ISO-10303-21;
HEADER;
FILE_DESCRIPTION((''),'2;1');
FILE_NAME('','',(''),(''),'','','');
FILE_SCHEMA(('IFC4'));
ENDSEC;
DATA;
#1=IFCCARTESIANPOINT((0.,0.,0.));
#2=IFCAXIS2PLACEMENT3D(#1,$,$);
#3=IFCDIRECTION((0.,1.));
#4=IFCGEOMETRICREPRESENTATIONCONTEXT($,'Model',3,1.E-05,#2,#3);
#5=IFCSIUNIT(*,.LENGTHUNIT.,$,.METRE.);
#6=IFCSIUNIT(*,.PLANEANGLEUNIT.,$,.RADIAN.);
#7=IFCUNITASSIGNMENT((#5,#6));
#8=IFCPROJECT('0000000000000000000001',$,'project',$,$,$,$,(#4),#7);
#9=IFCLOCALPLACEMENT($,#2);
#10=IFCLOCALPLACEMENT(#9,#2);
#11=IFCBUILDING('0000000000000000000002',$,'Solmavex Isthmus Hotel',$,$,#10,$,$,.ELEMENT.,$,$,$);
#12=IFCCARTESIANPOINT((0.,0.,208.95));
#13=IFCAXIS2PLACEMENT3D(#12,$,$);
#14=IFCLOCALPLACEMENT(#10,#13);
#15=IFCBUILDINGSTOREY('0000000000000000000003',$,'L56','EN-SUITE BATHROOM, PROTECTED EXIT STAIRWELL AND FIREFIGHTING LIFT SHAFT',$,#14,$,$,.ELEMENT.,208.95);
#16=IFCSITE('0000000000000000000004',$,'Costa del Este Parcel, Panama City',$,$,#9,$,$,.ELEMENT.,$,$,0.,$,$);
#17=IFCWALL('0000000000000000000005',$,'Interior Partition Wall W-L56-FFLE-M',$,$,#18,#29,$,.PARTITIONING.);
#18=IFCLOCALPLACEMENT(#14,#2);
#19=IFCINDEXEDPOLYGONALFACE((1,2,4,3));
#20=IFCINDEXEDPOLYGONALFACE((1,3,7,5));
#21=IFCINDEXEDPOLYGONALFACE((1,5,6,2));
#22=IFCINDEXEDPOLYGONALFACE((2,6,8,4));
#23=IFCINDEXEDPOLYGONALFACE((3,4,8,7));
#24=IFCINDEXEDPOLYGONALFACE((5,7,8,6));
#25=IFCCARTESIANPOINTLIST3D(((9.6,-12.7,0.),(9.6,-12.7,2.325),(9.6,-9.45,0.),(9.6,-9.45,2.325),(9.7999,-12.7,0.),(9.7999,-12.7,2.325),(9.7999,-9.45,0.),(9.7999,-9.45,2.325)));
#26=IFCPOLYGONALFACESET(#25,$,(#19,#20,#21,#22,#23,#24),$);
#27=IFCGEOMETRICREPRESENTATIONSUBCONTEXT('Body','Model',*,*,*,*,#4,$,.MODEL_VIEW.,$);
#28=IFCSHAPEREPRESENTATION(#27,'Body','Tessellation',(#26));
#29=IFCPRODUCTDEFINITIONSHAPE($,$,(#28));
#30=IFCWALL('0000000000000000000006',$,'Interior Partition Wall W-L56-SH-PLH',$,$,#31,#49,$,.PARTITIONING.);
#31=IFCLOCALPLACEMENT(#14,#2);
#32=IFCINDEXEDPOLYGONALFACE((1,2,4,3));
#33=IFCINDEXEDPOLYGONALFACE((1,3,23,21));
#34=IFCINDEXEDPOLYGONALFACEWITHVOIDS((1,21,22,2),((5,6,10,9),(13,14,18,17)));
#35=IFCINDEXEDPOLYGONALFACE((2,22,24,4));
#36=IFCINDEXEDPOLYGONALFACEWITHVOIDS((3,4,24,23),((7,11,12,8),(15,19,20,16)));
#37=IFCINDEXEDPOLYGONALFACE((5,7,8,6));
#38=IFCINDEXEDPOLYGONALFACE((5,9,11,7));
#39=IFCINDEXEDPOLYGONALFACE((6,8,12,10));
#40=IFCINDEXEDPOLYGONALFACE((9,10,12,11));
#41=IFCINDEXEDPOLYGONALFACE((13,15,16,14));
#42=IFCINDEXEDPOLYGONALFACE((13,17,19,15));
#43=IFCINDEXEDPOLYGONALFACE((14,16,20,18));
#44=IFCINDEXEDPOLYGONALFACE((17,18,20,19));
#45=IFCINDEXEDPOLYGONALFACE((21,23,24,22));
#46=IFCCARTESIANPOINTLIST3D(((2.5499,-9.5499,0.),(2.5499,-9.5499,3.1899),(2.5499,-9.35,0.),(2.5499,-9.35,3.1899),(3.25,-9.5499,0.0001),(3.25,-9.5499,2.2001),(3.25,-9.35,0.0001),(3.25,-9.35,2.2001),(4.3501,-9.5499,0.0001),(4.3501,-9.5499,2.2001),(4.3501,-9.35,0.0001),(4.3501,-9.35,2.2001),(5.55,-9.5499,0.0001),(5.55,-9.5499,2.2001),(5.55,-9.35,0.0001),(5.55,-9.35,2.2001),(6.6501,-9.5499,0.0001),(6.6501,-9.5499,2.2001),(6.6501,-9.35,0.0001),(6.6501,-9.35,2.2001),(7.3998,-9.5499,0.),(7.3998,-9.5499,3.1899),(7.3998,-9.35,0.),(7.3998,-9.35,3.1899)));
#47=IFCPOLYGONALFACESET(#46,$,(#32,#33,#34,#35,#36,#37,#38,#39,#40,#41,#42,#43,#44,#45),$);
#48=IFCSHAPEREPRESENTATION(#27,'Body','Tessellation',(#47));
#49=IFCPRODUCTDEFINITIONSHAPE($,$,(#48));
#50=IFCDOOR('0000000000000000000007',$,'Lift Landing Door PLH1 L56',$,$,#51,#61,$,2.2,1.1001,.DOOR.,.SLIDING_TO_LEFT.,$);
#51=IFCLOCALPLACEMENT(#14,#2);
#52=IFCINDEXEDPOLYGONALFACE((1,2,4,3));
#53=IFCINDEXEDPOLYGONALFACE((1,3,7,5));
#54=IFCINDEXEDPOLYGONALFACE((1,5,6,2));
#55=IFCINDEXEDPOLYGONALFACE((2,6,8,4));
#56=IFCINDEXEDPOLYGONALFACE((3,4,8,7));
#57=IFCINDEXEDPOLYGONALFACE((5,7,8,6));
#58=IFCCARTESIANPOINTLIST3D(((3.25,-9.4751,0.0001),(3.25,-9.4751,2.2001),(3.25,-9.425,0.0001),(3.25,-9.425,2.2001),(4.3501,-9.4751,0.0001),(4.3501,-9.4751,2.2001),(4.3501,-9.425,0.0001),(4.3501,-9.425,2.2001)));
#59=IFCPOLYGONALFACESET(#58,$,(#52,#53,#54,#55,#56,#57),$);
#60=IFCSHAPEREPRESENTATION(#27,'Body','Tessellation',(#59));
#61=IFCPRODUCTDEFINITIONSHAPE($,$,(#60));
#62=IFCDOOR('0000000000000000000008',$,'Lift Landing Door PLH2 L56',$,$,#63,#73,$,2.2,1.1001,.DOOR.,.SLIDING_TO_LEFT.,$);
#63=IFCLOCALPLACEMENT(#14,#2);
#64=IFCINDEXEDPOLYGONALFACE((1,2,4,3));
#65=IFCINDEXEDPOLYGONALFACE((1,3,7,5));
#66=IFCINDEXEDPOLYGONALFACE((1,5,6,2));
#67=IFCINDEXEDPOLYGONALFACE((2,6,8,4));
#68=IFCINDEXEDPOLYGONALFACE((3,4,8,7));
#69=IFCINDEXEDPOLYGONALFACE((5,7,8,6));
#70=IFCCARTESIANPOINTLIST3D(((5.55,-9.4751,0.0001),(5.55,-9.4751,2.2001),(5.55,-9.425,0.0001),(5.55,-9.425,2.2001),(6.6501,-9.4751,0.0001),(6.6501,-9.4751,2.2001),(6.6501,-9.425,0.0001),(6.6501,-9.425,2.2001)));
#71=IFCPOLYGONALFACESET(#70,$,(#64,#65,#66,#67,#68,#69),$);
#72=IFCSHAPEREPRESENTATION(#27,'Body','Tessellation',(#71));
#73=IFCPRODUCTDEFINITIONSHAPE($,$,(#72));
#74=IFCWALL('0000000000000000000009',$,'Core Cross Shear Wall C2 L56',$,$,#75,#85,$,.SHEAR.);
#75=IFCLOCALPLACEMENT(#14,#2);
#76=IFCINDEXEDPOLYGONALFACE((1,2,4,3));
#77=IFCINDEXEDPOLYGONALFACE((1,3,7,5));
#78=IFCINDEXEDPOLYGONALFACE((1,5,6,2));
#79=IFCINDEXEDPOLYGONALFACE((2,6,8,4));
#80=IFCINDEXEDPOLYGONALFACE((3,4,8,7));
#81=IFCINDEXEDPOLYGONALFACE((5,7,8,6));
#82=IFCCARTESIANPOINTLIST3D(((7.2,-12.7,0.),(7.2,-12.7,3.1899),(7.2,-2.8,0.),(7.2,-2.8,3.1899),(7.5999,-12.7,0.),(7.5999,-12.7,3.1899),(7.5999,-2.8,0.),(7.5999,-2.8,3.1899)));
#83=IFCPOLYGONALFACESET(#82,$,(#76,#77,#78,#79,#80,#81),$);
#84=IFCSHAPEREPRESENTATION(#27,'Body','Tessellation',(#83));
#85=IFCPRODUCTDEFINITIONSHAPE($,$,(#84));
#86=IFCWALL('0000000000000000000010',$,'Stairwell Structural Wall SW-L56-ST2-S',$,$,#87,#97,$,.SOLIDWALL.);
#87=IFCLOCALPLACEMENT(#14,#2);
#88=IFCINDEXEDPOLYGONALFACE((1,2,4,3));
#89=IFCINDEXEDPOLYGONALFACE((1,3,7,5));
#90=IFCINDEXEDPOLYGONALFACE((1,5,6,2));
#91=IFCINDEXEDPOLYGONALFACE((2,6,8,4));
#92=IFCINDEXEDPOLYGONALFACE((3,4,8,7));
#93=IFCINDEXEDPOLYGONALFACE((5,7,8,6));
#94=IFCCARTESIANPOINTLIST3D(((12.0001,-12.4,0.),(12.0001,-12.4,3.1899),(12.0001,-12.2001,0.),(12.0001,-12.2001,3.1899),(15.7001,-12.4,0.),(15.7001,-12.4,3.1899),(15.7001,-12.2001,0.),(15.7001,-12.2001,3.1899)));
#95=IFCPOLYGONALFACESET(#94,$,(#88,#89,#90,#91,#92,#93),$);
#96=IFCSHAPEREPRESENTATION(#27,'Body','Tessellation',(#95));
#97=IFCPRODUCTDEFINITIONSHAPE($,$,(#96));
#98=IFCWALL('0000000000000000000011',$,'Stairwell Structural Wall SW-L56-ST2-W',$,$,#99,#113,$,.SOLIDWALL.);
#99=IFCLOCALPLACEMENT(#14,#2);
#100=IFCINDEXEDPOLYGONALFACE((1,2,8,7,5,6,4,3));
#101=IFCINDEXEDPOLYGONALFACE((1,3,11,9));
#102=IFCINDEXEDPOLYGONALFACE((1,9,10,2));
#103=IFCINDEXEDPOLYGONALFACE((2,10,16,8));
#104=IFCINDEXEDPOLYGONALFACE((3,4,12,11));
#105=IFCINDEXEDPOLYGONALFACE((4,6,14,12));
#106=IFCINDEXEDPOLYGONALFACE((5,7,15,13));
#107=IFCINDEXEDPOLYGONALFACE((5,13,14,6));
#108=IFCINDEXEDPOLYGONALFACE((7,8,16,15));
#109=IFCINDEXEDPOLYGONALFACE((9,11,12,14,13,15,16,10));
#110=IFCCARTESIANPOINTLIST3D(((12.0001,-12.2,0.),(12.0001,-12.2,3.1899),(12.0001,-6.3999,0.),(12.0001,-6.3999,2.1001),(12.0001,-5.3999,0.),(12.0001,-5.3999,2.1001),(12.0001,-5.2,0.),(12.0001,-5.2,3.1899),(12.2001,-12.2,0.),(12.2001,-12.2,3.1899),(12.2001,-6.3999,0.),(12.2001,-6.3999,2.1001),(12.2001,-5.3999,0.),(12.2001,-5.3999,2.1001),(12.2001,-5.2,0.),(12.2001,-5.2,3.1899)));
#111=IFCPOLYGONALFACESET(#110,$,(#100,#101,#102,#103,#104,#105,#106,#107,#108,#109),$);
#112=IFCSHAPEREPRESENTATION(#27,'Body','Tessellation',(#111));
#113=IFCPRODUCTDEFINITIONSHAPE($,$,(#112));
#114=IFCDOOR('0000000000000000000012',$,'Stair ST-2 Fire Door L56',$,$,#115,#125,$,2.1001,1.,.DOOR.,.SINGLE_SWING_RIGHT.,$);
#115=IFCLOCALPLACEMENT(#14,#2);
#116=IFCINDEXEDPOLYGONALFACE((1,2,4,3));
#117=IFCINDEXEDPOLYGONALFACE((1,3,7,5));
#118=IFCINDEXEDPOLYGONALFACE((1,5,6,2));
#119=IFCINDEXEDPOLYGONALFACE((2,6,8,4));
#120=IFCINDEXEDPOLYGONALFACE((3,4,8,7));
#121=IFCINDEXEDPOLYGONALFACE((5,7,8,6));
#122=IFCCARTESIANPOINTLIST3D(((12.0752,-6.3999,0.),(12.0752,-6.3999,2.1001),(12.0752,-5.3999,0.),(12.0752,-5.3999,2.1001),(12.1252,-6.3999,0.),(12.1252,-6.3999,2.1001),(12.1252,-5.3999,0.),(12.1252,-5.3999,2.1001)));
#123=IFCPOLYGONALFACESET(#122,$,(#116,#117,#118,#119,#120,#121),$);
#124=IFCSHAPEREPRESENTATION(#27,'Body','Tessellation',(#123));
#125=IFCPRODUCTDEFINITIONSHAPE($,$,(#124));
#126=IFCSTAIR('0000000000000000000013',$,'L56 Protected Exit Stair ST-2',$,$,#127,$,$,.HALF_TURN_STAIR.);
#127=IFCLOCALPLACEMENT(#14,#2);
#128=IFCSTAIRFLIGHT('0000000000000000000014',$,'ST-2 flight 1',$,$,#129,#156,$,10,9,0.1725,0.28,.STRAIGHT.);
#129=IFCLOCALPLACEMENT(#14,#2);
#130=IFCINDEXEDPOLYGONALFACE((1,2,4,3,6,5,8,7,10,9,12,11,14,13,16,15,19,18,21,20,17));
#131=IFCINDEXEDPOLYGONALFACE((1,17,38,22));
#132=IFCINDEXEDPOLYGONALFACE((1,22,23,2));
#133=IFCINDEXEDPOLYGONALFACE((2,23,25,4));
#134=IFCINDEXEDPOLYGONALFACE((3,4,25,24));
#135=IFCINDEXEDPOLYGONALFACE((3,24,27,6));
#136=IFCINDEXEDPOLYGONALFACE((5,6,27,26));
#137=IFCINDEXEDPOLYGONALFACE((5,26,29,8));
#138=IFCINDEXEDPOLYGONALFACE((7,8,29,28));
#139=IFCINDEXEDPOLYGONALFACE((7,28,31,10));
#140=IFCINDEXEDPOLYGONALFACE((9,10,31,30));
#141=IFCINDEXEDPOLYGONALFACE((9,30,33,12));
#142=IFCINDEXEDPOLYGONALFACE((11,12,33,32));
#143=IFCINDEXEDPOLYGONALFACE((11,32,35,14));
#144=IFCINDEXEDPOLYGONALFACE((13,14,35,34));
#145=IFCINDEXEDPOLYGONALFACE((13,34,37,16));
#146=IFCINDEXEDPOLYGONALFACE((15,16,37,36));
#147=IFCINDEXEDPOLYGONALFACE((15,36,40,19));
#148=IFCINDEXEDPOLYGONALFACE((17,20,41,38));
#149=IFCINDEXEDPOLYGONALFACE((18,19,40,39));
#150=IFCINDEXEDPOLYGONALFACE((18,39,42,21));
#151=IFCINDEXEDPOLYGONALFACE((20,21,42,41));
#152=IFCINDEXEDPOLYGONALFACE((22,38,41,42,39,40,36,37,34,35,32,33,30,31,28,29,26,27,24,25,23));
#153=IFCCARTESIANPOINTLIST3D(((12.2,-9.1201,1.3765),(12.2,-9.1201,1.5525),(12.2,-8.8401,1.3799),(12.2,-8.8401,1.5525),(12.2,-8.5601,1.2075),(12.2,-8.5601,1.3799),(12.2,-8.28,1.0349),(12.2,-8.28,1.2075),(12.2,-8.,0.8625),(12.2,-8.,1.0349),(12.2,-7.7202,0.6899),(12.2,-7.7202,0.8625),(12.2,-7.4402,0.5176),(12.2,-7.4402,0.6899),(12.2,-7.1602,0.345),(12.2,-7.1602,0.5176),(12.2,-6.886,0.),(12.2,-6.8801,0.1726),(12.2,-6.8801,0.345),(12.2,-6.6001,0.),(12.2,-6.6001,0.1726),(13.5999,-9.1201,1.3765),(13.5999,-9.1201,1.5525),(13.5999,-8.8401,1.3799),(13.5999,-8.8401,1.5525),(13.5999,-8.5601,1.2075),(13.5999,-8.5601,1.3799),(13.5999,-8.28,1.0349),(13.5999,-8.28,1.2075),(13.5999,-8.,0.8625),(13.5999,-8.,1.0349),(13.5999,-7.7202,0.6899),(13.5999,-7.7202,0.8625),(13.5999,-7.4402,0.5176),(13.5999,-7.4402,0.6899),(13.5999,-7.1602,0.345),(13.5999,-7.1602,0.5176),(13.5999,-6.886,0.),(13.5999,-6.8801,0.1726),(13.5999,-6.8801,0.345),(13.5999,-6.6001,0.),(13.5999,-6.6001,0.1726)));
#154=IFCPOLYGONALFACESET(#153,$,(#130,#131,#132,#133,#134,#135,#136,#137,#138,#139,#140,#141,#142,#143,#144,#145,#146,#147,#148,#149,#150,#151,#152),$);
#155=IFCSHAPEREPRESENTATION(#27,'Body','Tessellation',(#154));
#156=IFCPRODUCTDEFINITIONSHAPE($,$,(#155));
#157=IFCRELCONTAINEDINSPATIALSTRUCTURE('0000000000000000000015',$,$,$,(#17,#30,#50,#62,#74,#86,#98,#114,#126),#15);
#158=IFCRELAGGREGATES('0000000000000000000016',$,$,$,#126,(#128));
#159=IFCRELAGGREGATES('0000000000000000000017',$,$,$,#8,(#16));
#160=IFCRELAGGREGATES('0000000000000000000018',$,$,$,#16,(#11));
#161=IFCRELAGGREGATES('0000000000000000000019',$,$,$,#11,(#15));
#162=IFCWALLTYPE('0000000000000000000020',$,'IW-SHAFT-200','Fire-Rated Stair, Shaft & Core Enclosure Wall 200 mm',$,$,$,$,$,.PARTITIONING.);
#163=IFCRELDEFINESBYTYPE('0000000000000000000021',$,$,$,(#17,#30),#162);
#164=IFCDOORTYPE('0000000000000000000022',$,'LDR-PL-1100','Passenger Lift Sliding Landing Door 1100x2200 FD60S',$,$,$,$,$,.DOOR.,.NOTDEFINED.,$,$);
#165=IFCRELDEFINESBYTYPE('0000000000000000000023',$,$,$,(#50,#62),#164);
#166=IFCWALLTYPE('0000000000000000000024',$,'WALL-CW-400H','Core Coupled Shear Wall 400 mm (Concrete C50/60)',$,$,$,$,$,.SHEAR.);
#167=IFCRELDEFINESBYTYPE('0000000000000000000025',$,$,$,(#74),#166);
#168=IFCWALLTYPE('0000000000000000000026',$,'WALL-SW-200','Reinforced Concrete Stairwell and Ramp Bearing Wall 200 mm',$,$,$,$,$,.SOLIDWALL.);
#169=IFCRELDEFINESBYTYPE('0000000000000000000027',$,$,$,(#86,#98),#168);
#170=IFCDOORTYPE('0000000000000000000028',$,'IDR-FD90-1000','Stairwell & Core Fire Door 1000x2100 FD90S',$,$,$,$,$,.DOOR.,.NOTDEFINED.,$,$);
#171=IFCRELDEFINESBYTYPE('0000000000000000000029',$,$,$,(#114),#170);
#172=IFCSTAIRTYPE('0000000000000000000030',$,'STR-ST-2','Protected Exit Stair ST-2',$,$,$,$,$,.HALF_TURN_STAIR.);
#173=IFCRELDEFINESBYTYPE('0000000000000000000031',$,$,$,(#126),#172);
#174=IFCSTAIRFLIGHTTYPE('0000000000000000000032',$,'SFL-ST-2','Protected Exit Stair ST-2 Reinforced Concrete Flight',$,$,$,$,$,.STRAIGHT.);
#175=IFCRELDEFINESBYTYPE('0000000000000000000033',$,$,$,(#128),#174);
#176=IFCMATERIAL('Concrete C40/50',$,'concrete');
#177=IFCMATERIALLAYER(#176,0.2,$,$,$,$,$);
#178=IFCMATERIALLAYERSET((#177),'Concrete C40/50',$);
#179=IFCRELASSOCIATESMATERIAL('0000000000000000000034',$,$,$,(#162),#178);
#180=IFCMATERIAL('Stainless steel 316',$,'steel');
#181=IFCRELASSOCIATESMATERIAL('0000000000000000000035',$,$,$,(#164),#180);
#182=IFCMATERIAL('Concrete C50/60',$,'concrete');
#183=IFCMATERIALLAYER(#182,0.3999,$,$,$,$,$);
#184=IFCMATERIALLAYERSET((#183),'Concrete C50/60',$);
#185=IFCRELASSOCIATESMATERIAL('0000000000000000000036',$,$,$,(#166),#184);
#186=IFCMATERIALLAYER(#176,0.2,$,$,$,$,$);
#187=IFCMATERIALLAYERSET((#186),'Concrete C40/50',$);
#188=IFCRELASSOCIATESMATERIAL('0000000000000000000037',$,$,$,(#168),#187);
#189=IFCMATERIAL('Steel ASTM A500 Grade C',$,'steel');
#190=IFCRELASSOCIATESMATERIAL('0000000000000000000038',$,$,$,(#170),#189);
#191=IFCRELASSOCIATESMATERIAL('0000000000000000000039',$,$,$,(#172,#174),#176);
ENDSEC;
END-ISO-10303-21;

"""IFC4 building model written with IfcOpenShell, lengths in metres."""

from ifc_helpers import new_model, si_unit, direction, frame, frame_2d, origin, place, context, subcontext, project, spatial, polyline, rectangle, outline, extrude, material, layer, layer_set, type_object, element, fill, aggregate, save


model = new_model("IFC4")

# Units and contexts
model_context = context("Model", 3, precision=1e-05, world=origin(), true_north=direction((0.0, 1.0)))
body_context = subcontext(model_context, "Body", "Model", "MODEL_VIEW")
ifc_project = project(units=[si_unit("LENGTHUNIT", "METRE"), si_unit("PLANEANGLEUNIT", "RADIAN")], contexts=[model_context])

# Site, building, storey
site_placement = place(None, origin())
site = spatial("IfcSite", under=ifc_project, at=site_placement, Name="Costa del Este Parcel, Panama City", CompositionType="ELEMENT", RefElevation=0.0)
building_placement = place(site_placement, origin())
building = spatial("IfcBuilding", under=site, at=building_placement, Name="Solmavex Isthmus Hotel", CompositionType="ELEMENT")
storey_placement = place(building_placement, frame((0.0, 0.0, 208.95)))
storey = spatial("IfcBuildingStorey", under=building, at=storey_placement, Name="L56", Description="EN-SUITE BATHROOM, PROTECTED EXIT STAIRWELL AND FIREFIGHTING LIFT SHAFT", CompositionType="ELEMENT", Elevation=208.95)

# Shared definitions
ifc_material_1 = material(Name="Concrete C50/60", Category="concrete")

# Shared definitions
ifc_material_2 = material(Name="Steel ASTM A500 Grade C", Category="steel")

# Shared definitions
ifc_material_3 = material(Name="Concrete C40/50", Category="concrete")

# Shared definitions
ifc_layer_1 = layer(ifc_material_3, 0.2)
ifc_layer_set_1 = layer_set([ifc_layer_1], Name="Concrete C40/50")
wall_type_1 = type_object("IfcWallType", Name="IW-SHAFT-200", Description="Fire-Rated Stair, Shaft & Core Enclosure Wall 200 mm", PredefinedType="PARTITIONING", material=ifc_layer_set_1)
ifc_material_4 = material(Name="Stainless steel 316", Category="steel")

# Wall
wall_1_placement = place(storey_placement, frame((9.7, -12.7, 0.0), z_axis=(0.0, 0.0, 1.0), x_axis=(0.0, 1.0, 0.0)))
element("IfcWall", 1, at=wall_1_placement, inside=storey, type_object=wall_type_1, Name="Interior Partition Wall W-L56-FFLE-M", PredefinedType="PARTITIONING", context=body_context, shape_type="SweptSolid", body=[
    extrude(rectangle(XDim=3.25, YDim=0.2, at=frame_2d((1.625, 0.0))), origin(), (0.0, 0.0, 1.0), 2.325),
])

# Wall, openings, doors
wall_2_placement = place(storey_placement, frame((2.55, -9.45, 0.0), z_axis=(0.0, 0.0, 1.0), x_axis=(1.0, 0.0, 0.0)))
wall_2 = element("IfcWall", 2, at=wall_2_placement, inside=storey, type_object=wall_type_1, Name="Interior Partition Wall W-L56-SH-PLH", PredefinedType="PARTITIONING", context=body_context, shape_type="SweptSolid", body=[
    extrude(rectangle(XDim=4.8499, YDim=0.2, at=frame_2d((2.4248, 0.0))), origin(), (0.0, 0.0, 1.0), 3.1899),
])
opening_1_placement = place(wall_2_placement, frame((0.7, 0.0, 0.0)))
opening_1 = element("IfcOpeningElement", 3, at=opening_1_placement, cuts=wall_2, PredefinedType="OPENING", context=body_context, shape_type="SweptSolid", body=[
    extrude(rectangle(XDim=1.1001, YDim=2.2, at=frame_2d((0.55, 1.1001))), frame((0.0, 0.1099, 0.0), z_axis=(0.0, -1.0, 0.0), x_axis=(1.0, 0.0, 0.0)), (0.0, 0.0, 1.0), 0.22),
])
opening_2_placement = place(wall_2_placement, frame((3.0, 0.0, 0.0)))
opening_2 = element("IfcOpeningElement", 4, at=opening_2_placement, cuts=wall_2, PredefinedType="OPENING", context=body_context, shape_type="SweptSolid", body=[
    extrude(rectangle(XDim=1.1001, YDim=2.2, at=frame_2d((0.55, 1.1001))), frame((0.0, 0.1099, 0.0), z_axis=(0.0, -1.0, 0.0), x_axis=(1.0, 0.0, 0.0)), (0.0, 0.0, 1.0), 0.22),
])
door_type_1 = type_object("IfcDoorType", Name="LDR-PL-1100", Description="Passenger Lift Sliding Landing Door 1100x2200 FD60S", OperationType="NOTDEFINED", PredefinedType="DOOR", material=ifc_material_4)
door_1_placement = place(opening_1_placement, origin())
door_1 = element("IfcDoor", 5, at=door_1_placement, inside=storey, type_object=door_type_1, Name="Lift Landing Door PLH1 L56", OperationType="SLIDING_TO_LEFT", OverallHeight=2.2, OverallWidth=1.1001, PredefinedType="DOOR", context=body_context, shape_type="SweptSolid", body=[
    extrude(rectangle(XDim=1.1001, YDim=2.2, at=frame_2d((0.55, 1.1001))), frame((0.0, 0.0249, 0.0), z_axis=(0.0, -1.0, 0.0), x_axis=(1.0, 0.0, 0.0)), (0.0, 0.0, 1.0), 0.05),
])
fill(opening_1, door_1)
door_2_placement = place(opening_2_placement, origin())
door_2 = element("IfcDoor", 6, at=door_2_placement, inside=storey, type_object=door_type_1, Name="Lift Landing Door PLH2 L56", OperationType="SLIDING_TO_LEFT", OverallHeight=2.2, OverallWidth=1.1001, PredefinedType="DOOR", context=body_context, shape_type="SweptSolid", body=[
    extrude(rectangle(XDim=1.1001, YDim=2.2, at=frame_2d((0.55, 1.1001))), frame((0.0, 0.0249, 0.0), z_axis=(0.0, -1.0, 0.0), x_axis=(1.0, 0.0, 0.0)), (0.0, 0.0, 1.0), 0.05),
])
fill(opening_2, door_2)

# Walls
ifc_layer_2 = layer(ifc_material_1, 0.3999)
ifc_layer_set_2 = layer_set([ifc_layer_2], Name="Concrete C50/60")
wall_type_2 = type_object("IfcWallType", Name="WALL-CW-400H", Description="Core Coupled Shear Wall 400 mm (Concrete C50/60)", PredefinedType="SHEAR", material=ifc_layer_set_2)
wall_3_placement = place(storey_placement, frame((7.3999, -12.7, 0.0), z_axis=(0.0, 0.0, 1.0), x_axis=(0.0, 1.0, 0.0)))
element("IfcWall", 7, at=wall_3_placement, inside=storey, type_object=wall_type_2, Name="Core Cross Shear Wall C2 L56", PredefinedType="SHEAR", context=body_context, shape_type="SweptSolid", body=[
    extrude(rectangle(XDim=9.8999, YDim=0.3999, at=frame_2d((4.95, 0.0))), origin(), (0.0, 0.0, 1.0), 3.1899),
])
ifc_layer_3 = layer(ifc_material_3, 0.2)
ifc_layer_set_3 = layer_set([ifc_layer_3], Name="Concrete C40/50")
wall_type_3 = type_object("IfcWallType", Name="WALL-SW-200", Description="Reinforced Concrete Stairwell and Ramp Bearing Wall 200 mm", PredefinedType="SOLIDWALL", material=ifc_layer_set_3)
wall_4_placement = place(storey_placement, frame((12.0, -12.3, 0.0), z_axis=(0.0, 0.0, 1.0), x_axis=(1.0, 0.0, 0.0)))
element("IfcWall", 8, at=wall_4_placement, inside=storey, type_object=wall_type_3, Name="Stairwell Structural Wall SW-L56-ST2-S", PredefinedType="SOLIDWALL", context=body_context, shape_type="SweptSolid", body=[
    extrude(rectangle(XDim=3.7, YDim=0.2, at=frame_2d((1.8501, 0.0))), origin(), (0.0, 0.0, 1.0), 3.1899),
])

# Wall, opening, door
wall_5_placement = place(storey_placement, frame((12.1001, -12.2, 0.0), z_axis=(0.0, 0.0, 1.0), x_axis=(0.0, 1.0, 0.0)))
wall_5 = element("IfcWall", 9, at=wall_5_placement, inside=storey, type_object=wall_type_3, Name="Stairwell Structural Wall SW-L56-ST2-W", PredefinedType="SOLIDWALL", context=body_context, shape_type="SweptSolid", body=[
    extrude(rectangle(XDim=7.0, YDim=0.2, at=frame_2d((3.5, 0.0))), origin(), (0.0, 0.0, 1.0), 3.1899),
])
opening_3_placement = place(wall_5_placement, frame((5.8, 0.0, 0.0)))
opening_3 = element("IfcOpeningElement", 10, at=opening_3_placement, cuts=wall_5, PredefinedType="OPENING", context=body_context, shape_type="SweptSolid", body=[
    extrude(rectangle(XDim=1.0, YDim=2.1001, at=frame_2d((0.5, 1.05))), frame((0.0, 0.1099, 0.0), z_axis=(0.0, -1.0, 0.0), x_axis=(1.0, 0.0, 0.0)), (0.0, 0.0, 1.0), 0.22),
])
door_type_2 = type_object("IfcDoorType", Name="IDR-FD90-1000", Description="Stairwell & Core Fire Door 1000x2100 FD90S", OperationType="NOTDEFINED", PredefinedType="DOOR", material=ifc_material_2)
door_3_placement = place(opening_3_placement, origin())
door_3 = element("IfcDoor", 11, at=door_3_placement, inside=storey, type_object=door_type_2, Name="Stair ST-2 Fire Door L56", OperationType="SINGLE_SWING_RIGHT", OverallHeight=2.1001, OverallWidth=1.0, PredefinedType="DOOR", context=body_context, shape_type="SweptSolid", body=[
    extrude(rectangle(XDim=1.0, YDim=2.1001, at=frame_2d((0.5, 1.05))), frame((0.0, 0.0249, 0.0), z_axis=(0.0, -1.0, 0.0), x_axis=(1.0, 0.0, 0.0)), (0.0, 0.0, 1.0), 0.05),
])
fill(opening_3, door_3)

# Stair, stair flight
stair_type = type_object("IfcStairType", Name="STR-ST-2", Description="Protected Exit Stair ST-2", PredefinedType="HALF_TURN_STAIR", material=ifc_material_3)
stair_placement = place(storey_placement, origin())
stair = element("IfcStair", 12, at=stair_placement, inside=storey, type_object=stair_type, Name="L56 Protected Exit Stair ST-2", PredefinedType="HALF_TURN_STAIR")
stair_flight_type = type_object("IfcStairFlightType", Name="SFL-ST-2", Description="Protected Exit Stair ST-2 Reinforced Concrete Flight", PredefinedType="STRAIGHT", material=ifc_material_3)
stair_flight_placement = place(storey_placement, frame((12.8999, -6.6001, 0.0), z_axis=(0.0, 0.0, 1.0), x_axis=(0.0, -1.0, 0.0)))
stair_flight = element("IfcStairFlight", 13, at=stair_flight_placement, type_object=stair_flight_type, Name="ST-2 flight 1", NumberOfRisers=10, NumberOfTreads=9, PredefinedType="STRAIGHT", RiserHeight=0.1725, TreadLength=0.28, context=body_context, shape_type="SweptSolid", body=[
    extrude(outline(polyline([(0.0, 0.0), (0.0, 0.1726), (0.28, 0.1726), (0.28, 0.345), (0.5601, 0.345), (0.5601, 0.5176), (0.8401, 0.5176), (0.8401, 0.6899), (1.1201, 0.6899), (1.1201, 0.8625), (1.3999, 0.8625), (1.3999, 1.0349), (1.6799, 1.0349), (1.6799, 1.2075), (1.96, 1.2075), (1.96, 1.3799), (2.24, 1.3799), (2.24, 1.5525), (2.52, 1.5525), (2.52, 1.7251), (2.52, 1.3765), (0.2859, 0.0), (0.0, 0.0)])), frame((0.0, 0.7, 0.0), z_axis=(0.0, -1.0, 0.0), x_axis=(1.0, 0.0, 0.0)), (0.0, 0.0, 1.0), 1.3999),
])
aggregate(stair, [stair_flight])

save(model, "model.ifc")
